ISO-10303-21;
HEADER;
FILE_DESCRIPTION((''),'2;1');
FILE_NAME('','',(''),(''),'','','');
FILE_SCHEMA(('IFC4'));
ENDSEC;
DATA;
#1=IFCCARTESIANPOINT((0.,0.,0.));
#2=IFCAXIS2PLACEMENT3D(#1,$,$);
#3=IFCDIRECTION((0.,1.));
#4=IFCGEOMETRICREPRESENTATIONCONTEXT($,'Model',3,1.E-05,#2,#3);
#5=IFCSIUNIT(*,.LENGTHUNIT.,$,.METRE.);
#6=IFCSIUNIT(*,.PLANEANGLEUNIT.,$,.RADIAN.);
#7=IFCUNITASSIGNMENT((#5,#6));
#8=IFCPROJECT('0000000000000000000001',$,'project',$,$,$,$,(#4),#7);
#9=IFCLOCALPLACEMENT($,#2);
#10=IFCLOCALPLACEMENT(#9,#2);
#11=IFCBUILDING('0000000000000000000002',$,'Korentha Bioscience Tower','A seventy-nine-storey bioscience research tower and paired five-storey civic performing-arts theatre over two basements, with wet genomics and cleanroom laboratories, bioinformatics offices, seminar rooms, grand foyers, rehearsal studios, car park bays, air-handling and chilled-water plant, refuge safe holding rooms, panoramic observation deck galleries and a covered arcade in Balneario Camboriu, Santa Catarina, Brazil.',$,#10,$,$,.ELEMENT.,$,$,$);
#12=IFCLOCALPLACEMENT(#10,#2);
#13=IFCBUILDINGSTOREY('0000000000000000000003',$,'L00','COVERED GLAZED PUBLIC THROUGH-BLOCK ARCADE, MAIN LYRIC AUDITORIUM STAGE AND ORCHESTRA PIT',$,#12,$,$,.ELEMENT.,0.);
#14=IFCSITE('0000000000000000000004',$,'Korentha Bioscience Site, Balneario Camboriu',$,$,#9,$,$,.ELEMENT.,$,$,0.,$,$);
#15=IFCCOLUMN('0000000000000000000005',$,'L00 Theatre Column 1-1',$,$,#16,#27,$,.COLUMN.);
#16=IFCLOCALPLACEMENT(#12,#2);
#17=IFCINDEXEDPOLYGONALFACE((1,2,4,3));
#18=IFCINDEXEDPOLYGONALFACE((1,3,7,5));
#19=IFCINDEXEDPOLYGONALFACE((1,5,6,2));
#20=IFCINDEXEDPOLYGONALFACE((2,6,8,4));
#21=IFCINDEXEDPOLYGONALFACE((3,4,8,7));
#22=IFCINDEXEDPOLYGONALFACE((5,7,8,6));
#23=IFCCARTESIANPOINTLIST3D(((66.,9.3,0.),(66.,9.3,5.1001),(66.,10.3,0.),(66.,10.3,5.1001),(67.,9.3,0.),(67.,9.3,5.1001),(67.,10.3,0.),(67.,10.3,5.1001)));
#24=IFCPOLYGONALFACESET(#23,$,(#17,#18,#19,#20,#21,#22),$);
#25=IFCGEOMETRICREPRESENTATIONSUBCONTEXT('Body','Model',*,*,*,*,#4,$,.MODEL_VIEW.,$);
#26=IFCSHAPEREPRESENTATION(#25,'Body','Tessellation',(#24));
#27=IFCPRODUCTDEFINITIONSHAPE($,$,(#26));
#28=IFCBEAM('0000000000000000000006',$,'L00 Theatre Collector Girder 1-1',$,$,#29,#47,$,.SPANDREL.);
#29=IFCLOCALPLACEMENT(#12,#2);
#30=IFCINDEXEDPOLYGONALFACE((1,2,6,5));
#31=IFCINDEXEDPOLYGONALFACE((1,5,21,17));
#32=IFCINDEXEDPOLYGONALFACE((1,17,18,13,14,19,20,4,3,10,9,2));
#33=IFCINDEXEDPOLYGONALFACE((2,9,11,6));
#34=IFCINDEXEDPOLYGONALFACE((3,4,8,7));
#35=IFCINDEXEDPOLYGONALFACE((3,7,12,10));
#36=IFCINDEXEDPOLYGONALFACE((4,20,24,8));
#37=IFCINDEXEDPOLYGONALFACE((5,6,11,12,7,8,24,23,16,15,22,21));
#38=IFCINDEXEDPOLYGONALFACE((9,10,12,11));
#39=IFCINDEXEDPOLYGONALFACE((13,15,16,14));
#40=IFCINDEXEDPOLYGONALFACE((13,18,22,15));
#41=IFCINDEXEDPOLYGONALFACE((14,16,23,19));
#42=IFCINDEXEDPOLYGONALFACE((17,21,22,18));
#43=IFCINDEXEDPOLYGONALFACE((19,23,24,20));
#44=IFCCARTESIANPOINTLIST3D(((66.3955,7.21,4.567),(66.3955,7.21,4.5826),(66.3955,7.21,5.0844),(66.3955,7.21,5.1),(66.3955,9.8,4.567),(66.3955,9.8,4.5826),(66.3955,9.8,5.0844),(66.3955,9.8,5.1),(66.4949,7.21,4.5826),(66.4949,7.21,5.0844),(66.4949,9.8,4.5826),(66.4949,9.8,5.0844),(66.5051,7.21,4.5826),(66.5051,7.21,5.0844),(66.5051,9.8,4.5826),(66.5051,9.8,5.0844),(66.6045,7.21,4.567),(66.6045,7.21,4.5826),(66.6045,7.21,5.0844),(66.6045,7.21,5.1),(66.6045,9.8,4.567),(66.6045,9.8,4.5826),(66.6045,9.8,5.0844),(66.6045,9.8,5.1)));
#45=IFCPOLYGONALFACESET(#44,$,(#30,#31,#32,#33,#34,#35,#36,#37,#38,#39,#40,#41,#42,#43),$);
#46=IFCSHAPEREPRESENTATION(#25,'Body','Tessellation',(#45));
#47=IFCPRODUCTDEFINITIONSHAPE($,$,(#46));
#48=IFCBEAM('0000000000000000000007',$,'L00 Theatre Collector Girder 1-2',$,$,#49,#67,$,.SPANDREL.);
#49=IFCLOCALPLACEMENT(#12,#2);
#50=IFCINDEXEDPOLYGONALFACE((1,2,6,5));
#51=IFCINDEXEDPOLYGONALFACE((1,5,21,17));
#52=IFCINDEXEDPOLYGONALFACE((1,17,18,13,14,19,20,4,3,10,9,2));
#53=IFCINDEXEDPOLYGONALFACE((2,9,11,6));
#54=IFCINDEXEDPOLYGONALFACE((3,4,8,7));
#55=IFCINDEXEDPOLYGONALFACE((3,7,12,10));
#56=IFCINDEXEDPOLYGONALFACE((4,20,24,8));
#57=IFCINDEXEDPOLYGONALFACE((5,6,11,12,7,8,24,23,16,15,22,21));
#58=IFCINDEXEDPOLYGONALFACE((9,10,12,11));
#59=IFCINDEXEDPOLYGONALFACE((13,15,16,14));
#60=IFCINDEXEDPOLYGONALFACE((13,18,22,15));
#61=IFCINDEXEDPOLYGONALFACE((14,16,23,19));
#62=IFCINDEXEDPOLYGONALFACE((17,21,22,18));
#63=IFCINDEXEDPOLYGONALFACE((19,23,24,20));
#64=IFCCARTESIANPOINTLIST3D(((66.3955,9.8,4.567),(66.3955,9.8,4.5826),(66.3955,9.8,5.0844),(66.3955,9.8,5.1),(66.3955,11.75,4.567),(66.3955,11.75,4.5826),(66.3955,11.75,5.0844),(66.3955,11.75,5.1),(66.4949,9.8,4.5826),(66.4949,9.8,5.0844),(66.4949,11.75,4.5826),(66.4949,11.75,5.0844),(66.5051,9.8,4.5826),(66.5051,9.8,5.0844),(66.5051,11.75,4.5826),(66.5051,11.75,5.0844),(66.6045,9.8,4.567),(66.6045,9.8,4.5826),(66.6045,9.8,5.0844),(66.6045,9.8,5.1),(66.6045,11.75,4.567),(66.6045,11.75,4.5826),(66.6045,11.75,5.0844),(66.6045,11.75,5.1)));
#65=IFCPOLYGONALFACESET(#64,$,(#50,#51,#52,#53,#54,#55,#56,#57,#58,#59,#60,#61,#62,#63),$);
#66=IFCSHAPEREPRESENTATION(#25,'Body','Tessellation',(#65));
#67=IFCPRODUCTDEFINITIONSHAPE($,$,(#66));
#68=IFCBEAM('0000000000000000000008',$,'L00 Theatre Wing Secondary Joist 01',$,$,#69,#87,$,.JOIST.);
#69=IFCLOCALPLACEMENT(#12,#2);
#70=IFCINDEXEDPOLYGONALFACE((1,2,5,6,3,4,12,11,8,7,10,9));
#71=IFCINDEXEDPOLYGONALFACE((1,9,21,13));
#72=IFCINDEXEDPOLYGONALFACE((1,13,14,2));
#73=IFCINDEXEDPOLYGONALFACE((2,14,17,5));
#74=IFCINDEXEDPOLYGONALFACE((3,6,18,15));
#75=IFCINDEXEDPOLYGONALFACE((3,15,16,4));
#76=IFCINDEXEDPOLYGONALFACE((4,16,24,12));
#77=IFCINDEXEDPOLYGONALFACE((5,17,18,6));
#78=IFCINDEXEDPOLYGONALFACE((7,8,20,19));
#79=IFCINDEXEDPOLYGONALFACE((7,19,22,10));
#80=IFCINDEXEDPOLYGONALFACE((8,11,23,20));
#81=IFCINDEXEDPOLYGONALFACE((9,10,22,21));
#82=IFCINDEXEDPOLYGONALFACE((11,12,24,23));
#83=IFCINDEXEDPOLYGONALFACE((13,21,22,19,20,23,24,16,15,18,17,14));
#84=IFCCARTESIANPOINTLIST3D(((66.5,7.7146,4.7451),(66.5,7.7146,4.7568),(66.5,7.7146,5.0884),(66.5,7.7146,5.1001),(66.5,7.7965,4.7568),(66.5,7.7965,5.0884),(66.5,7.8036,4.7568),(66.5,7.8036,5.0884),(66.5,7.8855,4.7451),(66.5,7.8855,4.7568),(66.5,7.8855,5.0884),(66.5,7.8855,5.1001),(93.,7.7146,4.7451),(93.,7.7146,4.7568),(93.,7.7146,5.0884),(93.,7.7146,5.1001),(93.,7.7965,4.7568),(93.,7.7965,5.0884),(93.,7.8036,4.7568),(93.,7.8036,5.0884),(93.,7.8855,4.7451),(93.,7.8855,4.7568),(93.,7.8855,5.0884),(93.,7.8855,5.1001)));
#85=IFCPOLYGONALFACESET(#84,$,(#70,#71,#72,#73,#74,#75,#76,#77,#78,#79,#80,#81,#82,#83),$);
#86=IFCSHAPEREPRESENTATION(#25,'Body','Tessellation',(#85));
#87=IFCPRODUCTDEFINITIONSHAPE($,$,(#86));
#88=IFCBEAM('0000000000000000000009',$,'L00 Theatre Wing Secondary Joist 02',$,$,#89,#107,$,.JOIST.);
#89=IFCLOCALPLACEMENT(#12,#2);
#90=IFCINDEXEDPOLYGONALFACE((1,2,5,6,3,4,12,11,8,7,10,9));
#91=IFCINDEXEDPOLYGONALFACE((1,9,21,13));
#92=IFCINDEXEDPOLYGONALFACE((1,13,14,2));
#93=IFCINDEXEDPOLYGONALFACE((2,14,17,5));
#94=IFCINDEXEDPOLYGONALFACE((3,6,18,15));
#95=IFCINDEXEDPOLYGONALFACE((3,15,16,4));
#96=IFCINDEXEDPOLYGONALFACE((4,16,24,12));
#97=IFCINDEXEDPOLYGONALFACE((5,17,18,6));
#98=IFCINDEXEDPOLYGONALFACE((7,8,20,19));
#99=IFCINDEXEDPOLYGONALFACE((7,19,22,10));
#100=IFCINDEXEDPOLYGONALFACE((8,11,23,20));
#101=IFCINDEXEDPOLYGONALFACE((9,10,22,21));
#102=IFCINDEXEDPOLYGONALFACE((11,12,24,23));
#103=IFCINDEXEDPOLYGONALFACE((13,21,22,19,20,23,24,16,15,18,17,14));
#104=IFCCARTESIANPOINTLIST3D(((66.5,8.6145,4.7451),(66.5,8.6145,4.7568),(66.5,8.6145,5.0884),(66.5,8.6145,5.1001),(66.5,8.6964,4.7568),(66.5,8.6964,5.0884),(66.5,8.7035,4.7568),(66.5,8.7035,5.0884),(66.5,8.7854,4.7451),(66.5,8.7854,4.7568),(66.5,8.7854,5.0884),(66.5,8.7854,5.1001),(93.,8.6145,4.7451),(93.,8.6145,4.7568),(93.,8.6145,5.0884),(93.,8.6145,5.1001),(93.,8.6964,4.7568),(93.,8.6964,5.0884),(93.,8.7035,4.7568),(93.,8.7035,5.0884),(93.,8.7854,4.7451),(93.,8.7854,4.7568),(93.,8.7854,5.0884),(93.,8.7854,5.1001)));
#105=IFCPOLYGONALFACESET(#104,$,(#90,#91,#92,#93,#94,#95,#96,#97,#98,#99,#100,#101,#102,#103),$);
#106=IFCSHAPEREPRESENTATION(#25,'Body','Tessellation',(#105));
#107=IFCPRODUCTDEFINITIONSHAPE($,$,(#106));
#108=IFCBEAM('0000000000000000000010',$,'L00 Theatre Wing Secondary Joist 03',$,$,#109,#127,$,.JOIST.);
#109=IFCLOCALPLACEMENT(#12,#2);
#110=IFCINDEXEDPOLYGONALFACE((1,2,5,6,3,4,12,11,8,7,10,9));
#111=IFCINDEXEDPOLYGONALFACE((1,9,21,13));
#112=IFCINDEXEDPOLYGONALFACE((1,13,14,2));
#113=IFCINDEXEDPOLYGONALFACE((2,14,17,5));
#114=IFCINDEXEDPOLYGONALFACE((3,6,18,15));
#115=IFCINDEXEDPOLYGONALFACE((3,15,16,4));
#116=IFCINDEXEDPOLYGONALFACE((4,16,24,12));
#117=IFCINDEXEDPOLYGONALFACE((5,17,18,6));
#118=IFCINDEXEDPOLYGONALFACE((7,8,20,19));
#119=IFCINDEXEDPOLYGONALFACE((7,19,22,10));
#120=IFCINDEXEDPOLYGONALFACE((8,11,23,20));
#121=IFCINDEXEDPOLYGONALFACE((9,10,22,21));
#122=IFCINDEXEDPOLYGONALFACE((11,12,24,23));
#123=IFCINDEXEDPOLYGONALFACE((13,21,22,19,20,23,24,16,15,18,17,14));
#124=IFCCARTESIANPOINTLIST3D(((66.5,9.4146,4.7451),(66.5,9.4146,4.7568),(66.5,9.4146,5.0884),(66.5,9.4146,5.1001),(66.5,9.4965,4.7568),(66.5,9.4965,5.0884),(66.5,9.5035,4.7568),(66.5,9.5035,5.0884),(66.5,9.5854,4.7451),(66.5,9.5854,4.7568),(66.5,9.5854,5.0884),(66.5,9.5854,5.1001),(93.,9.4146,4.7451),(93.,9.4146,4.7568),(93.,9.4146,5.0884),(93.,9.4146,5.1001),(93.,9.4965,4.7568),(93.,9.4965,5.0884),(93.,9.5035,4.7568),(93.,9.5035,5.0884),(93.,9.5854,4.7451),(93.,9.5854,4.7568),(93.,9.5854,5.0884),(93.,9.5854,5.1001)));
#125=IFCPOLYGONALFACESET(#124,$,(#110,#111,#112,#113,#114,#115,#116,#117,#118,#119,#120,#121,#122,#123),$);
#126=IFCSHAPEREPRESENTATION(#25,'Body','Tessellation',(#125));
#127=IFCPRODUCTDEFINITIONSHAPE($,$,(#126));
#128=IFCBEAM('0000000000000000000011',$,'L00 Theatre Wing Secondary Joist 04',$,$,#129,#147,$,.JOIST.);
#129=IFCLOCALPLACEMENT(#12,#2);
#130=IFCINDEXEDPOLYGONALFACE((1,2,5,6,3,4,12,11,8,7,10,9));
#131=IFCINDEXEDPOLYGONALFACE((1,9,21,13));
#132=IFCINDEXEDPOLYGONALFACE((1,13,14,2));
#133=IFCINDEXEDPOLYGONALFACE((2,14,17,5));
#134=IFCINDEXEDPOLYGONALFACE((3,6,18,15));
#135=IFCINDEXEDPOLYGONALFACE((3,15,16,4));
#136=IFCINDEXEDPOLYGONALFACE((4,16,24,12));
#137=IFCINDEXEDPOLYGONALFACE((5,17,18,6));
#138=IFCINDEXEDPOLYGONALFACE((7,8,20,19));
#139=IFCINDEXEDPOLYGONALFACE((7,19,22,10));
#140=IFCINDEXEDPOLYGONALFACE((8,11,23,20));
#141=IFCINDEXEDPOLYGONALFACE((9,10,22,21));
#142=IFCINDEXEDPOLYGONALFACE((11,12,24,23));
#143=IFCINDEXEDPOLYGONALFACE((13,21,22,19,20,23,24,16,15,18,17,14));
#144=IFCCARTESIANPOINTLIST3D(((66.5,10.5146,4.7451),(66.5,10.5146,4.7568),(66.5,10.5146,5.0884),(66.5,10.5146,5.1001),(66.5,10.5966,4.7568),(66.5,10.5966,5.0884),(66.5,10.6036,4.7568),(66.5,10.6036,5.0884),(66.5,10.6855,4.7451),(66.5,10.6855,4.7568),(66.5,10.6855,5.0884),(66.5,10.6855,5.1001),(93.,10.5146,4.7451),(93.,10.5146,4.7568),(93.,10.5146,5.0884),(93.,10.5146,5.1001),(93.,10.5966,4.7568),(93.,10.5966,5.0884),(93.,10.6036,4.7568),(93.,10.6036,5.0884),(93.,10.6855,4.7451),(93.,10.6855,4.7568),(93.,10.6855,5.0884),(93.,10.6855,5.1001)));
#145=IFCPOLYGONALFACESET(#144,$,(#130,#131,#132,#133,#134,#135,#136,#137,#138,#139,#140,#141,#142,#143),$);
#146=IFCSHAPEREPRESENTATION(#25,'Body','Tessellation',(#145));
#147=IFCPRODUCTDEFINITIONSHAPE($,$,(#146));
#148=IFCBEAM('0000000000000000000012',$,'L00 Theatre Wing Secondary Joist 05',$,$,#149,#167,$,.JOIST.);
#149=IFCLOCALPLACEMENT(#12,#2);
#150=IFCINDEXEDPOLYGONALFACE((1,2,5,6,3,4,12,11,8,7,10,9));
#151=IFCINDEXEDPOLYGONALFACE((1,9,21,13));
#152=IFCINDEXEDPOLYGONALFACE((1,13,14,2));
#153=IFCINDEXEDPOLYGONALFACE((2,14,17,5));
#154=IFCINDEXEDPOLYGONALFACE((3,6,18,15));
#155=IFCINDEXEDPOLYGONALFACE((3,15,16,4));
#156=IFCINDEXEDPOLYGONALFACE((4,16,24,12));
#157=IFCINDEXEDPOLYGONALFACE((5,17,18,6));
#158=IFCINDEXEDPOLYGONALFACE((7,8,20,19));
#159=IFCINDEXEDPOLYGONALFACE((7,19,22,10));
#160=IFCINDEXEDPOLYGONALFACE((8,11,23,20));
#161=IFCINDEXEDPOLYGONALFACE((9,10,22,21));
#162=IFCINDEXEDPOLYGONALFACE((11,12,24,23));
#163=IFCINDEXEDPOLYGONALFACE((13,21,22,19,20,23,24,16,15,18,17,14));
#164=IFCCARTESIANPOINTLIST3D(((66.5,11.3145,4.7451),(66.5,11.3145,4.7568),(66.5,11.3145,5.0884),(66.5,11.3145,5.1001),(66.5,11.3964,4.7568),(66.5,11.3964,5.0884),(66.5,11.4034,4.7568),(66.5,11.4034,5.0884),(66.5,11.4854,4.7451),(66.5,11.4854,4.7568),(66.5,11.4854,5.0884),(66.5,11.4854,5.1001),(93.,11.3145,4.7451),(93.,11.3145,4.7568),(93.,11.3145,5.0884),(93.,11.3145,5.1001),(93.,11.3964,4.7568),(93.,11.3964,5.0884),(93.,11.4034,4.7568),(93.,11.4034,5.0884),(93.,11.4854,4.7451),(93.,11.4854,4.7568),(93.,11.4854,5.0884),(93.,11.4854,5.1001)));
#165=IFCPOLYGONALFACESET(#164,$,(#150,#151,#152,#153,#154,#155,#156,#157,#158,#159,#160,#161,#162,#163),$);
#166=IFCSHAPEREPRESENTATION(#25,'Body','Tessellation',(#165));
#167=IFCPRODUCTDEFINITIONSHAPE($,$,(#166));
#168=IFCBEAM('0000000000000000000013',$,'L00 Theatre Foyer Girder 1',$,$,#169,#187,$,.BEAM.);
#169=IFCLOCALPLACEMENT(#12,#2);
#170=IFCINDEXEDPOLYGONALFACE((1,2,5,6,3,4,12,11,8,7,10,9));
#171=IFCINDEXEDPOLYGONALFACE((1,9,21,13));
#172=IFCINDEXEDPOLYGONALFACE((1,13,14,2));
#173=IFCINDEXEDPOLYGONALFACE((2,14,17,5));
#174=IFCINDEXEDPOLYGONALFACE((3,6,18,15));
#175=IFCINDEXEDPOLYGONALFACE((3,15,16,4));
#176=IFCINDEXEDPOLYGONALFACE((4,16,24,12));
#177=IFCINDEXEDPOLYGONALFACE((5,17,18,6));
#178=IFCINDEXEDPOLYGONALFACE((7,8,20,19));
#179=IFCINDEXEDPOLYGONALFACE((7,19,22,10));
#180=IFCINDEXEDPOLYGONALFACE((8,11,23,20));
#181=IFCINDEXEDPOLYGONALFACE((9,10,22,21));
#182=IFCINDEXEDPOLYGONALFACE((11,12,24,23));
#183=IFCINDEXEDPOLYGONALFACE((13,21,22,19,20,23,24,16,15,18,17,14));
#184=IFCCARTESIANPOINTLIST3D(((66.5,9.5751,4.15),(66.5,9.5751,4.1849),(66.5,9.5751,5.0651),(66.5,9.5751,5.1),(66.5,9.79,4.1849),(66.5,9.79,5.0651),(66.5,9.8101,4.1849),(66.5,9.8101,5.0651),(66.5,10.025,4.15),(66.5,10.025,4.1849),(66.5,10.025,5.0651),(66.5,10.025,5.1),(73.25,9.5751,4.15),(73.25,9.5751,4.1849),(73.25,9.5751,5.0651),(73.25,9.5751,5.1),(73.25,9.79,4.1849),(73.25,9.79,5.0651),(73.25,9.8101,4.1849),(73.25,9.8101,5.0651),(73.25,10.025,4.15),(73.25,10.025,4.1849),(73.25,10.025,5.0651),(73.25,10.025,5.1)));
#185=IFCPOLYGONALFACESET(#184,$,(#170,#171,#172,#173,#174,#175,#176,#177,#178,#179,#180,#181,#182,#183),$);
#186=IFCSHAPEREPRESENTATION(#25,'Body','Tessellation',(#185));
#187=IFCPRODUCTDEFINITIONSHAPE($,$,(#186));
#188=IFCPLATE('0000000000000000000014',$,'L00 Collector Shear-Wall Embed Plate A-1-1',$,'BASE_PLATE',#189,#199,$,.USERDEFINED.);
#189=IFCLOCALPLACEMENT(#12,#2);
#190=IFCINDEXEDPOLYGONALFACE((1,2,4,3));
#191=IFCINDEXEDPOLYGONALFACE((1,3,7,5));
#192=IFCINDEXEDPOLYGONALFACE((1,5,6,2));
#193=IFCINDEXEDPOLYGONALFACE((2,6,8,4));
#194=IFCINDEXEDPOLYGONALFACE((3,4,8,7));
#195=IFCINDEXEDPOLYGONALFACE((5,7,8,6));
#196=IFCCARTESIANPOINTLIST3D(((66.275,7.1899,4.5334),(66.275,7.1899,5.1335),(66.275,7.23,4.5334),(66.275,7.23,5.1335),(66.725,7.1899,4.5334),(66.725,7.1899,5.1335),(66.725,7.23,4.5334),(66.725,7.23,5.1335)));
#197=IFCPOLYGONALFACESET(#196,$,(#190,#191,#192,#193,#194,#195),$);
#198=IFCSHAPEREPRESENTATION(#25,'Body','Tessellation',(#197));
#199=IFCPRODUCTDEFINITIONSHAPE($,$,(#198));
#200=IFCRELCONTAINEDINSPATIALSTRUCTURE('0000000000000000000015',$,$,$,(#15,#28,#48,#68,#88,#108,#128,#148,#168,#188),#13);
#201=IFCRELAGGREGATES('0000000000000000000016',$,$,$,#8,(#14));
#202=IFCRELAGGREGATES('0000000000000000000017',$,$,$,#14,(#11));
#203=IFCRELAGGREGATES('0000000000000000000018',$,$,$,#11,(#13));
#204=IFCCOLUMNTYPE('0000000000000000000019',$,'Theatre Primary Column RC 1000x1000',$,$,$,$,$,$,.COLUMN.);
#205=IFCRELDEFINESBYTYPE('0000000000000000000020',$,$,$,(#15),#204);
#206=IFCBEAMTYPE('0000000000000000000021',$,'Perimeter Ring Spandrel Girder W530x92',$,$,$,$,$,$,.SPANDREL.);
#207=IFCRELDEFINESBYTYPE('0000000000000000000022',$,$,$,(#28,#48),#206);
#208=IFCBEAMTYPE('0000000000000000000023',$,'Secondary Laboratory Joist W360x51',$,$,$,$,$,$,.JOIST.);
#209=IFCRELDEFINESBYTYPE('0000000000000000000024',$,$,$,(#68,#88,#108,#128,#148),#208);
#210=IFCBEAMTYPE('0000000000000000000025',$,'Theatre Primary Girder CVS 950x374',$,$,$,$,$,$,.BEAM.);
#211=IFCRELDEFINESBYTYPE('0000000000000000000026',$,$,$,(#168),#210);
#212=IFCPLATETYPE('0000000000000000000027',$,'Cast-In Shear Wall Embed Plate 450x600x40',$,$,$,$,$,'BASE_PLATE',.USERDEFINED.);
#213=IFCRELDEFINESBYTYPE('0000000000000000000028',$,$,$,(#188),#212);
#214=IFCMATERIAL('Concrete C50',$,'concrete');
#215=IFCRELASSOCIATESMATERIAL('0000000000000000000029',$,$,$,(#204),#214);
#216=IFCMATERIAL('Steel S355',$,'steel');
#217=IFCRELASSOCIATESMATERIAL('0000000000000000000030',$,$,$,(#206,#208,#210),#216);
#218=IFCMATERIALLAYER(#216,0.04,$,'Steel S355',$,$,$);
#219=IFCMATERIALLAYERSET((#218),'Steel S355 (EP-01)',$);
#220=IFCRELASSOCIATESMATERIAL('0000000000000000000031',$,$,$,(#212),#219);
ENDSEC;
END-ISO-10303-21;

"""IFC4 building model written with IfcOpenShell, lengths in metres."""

from ifc_helpers import new_model, si_unit, direction, frame, origin, origin_2d, place, context, subcontext, project, spatial, rectangle, i_section, extrude, material, layer, layer_set, material_profile, profile_set, type_object, element, save


model = new_model("IFC4")

# Units and contexts
model_context = context("Model", 3, precision=1e-05, world=origin(), true_north=direction((0.0, 1.0)))
body_context = subcontext(model_context, "Body", "Model", "MODEL_VIEW")
ifc_project = project(units=[si_unit("LENGTHUNIT", "METRE"), si_unit("PLANEANGLEUNIT", "RADIAN")], contexts=[model_context])

# Site, building, storey
site_placement = place(None, origin())
site = spatial("IfcSite", under=ifc_project, at=site_placement, Name="Korentha Bioscience Site, Balneario Camboriu", CompositionType="ELEMENT", RefElevation=0.0)
building_placement = place(site_placement, origin())
building = spatial("IfcBuilding", under=site, at=building_placement, Name="Korentha Bioscience Tower", Description="A seventy-nine-storey bioscience research tower and paired five-storey civic performing-arts theatre over two basements, with wet genomics and cleanroom laboratories, bioinformatics offices, seminar rooms, grand foyers, rehearsal studios, car park bays, air-handling and chilled-water plant, refuge safe holding rooms, panoramic observation deck galleries and a covered arcade in Balneario Camboriu, Santa Catarina, Brazil.", CompositionType="ELEMENT")
storey_placement = place(building_placement, origin())
storey = spatial("IfcBuildingStorey", under=building, at=storey_placement, Name="L00", Description="COVERED GLAZED PUBLIC THROUGH-BLOCK ARCADE, MAIN LYRIC AUDITORIUM STAGE AND ORCHESTRA PIT", CompositionType="ELEMENT", Elevation=0.0)

# Column
ifc_material_1 = material(Name="Concrete C50", Category="concrete")
ifc_material_profile_1 = material_profile(ifc_material_1, rectangle(XDim=1.0, YDim=1.0, at=origin_2d()), Name="Concrete C50")
ifc_profile_set_1 = profile_set([ifc_material_profile_1], Name="Concrete C50 (TC-01)")
column_type = type_object("IfcColumnType", Name="Theatre Primary Column RC 1000x1000", PredefinedType="COLUMN", material=ifc_profile_set_1)
column_placement = place(storey_placement, frame((66.5, 9.8, 0.0), z_axis=(0.0, 0.0, 1.0), x_axis=(1.0, 0.0, 0.0)))
element("IfcColumn", 1, at=column_placement, inside=storey, type_object=column_type, Name="L00 Theatre Column 1-1", PredefinedType="COLUMN", context=body_context, shape_type="SweptSolid", body=[
    extrude(rectangle(XDim=1.0, YDim=1.0, at=origin_2d()), origin(), (0.0, 0.0, 1.0), 5.1001),
])

# Beams
ifc_material_2 = material(Name="Steel S355", Category="steel")
ifc_material_profile_2 = material_profile(ifc_material_2, i_section(OverallWidth=0.209, OverallDepth=0.533, WebThickness=0.0103, FlangeThickness=0.0156, at=origin_2d()), Name="Steel S355")
ifc_profile_set_2 = profile_set([ifc_material_profile_2], Name="Steel S355 (SB-530)")
beam_type_1 = type_object("IfcBeamType", Name="Perimeter Ring Spandrel Girder W530x92", PredefinedType="SPANDREL", material=ifc_profile_set_2)
beam_1_placement = place(storey_placement, frame((66.5, 7.21, 4.8335), z_axis=(0.0, 1.0, 0.0), x_axis=(-1.0, 0.0, 0.0)))
element("IfcBeam", 2, at=beam_1_placement, inside=storey, type_object=beam_type_1, Name="L00 Theatre Collector Girder 1-1", PredefinedType="SPANDREL", context=body_context, shape_type="SweptSolid", body=[
    extrude(i_section(OverallWidth=0.209, OverallDepth=0.533, WebThickness=0.0103, FlangeThickness=0.0156, at=origin_2d()), origin(), (0.0, 0.0, 1.0), 2.5901),
])
beam_2_placement = place(storey_placement, frame((66.5, 9.8, 4.8335), z_axis=(0.0, 1.0, 0.0), x_axis=(-1.0, 0.0, 0.0)))
element("IfcBeam", 3, at=beam_2_placement, inside=storey, type_object=beam_type_1, Name="L00 Theatre Collector Girder 1-2", PredefinedType="SPANDREL", context=body_context, shape_type="SweptSolid", body=[
    extrude(i_section(OverallWidth=0.209, OverallDepth=0.533, WebThickness=0.0103, FlangeThickness=0.0156, at=origin_2d()), origin(), (0.0, 0.0, 1.0), 1.95),
])
ifc_material_profile_3 = material_profile(ifc_material_2, i_section(OverallWidth=0.1709, OverallDepth=0.355, WebThickness=0.0071, FlangeThickness=0.0117, at=origin_2d()), Name="Steel S355")
ifc_profile_set_3 = profile_set([ifc_material_profile_3], Name="Steel S355 (JB-360)")
beam_type_2 = type_object("IfcBeamType", Name="Secondary Laboratory Joist W360x51", PredefinedType="JOIST", material=ifc_profile_set_3)
for number, where, z_axis, x_axis, name in (
    (4, (66.5, 7.8, 4.9226), (1.0, 0.0, 0.0), (0.0, 1.0, 0.0), "L00 Theatre Wing Secondary Joist 01"),
    (5, (66.5, 8.7, 4.9226), (1.0, 0.0, 0.0), (0.0, 1.0, 0.0), "L00 Theatre Wing Secondary Joist 02"),
    (6, (66.5, 9.5, 4.9226), (1.0, 0.0, 0.0), (0.0, 1.0, 0.0), "L00 Theatre Wing Secondary Joist 03"),
    (7, (66.5, 10.6001, 4.9226), (1.0, 0.0, 0.0), (0.0, 1.0, 0.0), "L00 Theatre Wing Secondary Joist 04"),
    (8, (66.5, 11.3999, 4.9226), (1.0, 0.0, 0.0), (0.0, 1.0, 0.0), "L00 Theatre Wing Secondary Joist 05"),
):
    element("IfcBeam", number, at=place(storey_placement, frame(where, z_axis=z_axis, x_axis=x_axis)), inside=storey, type_object=beam_type_2, Name=name, PredefinedType="JOIST", context=body_context, shape_type="SweptSolid", body=[
        extrude(i_section(OverallWidth=0.1709, OverallDepth=0.355, WebThickness=0.0071, FlangeThickness=0.0117, at=origin_2d()), origin(), (0.0, 0.0, 1.0), 26.5),
    ])
ifc_material_profile_4 = material_profile(ifc_material_2, i_section(OverallWidth=0.45, OverallDepth=0.95, WebThickness=0.02, FlangeThickness=0.0349, at=origin_2d()), Name="Steel S355")
ifc_profile_set_4 = profile_set([ifc_material_profile_4], Name="Steel S355 (TB-950)")
beam_type_3 = type_object("IfcBeamType", Name="Theatre Primary Girder CVS 950x374", PredefinedType="BEAM", material=ifc_profile_set_4)
beam_3_placement = place(storey_placement, frame((66.5, 9.8, 4.625), z_axis=(1.0, 0.0, 0.0), x_axis=(0.0, 1.0, 0.0)))
element("IfcBeam", 9, at=beam_3_placement, inside=storey, type_object=beam_type_3, Name="L00 Theatre Foyer Girder 1", PredefinedType="BEAM", context=body_context, shape_type="SweptSolid", body=[
    extrude(i_section(OverallWidth=0.45, OverallDepth=0.95, WebThickness=0.02, FlangeThickness=0.0349, at=origin_2d()), origin(), (0.0, 0.0, 1.0), 6.75),
])

# Plate
ifc_layer_1 = layer(ifc_material_2, 0.04, Name="Steel S355")
ifc_layer_set_1 = layer_set([ifc_layer_1], Name="Steel S355 (EP-01)")
plate_type = type_object("IfcPlateType", Name="Cast-In Shear Wall Embed Plate 450x600x40", ElementType="BASE_PLATE", PredefinedType="USERDEFINED", material=ifc_layer_set_1)
for number, where, z_axis, x_axis, name in (
    (10, (66.5, 7.21, 4.5334), (0.0, 0.0, 1.0), (1.0, 0.0, 0.0), "L00 Collector Shear-Wall Embed Plate A-1-1"),
):
    element("IfcPlate", number, at=place(storey_placement, frame(where, z_axis=z_axis, x_axis=x_axis)), inside=storey, type_object=plate_type, Name=name, ObjectType="BASE_PLATE", PredefinedType="USERDEFINED", context=body_context, shape_type="SweptSolid", body=[
        extrude(rectangle(XDim=0.45, YDim=0.04, at=origin_2d()), origin(), (0.0, 0.0, 1.0), 0.6001),
    ])

save(model, "model.ifc")
